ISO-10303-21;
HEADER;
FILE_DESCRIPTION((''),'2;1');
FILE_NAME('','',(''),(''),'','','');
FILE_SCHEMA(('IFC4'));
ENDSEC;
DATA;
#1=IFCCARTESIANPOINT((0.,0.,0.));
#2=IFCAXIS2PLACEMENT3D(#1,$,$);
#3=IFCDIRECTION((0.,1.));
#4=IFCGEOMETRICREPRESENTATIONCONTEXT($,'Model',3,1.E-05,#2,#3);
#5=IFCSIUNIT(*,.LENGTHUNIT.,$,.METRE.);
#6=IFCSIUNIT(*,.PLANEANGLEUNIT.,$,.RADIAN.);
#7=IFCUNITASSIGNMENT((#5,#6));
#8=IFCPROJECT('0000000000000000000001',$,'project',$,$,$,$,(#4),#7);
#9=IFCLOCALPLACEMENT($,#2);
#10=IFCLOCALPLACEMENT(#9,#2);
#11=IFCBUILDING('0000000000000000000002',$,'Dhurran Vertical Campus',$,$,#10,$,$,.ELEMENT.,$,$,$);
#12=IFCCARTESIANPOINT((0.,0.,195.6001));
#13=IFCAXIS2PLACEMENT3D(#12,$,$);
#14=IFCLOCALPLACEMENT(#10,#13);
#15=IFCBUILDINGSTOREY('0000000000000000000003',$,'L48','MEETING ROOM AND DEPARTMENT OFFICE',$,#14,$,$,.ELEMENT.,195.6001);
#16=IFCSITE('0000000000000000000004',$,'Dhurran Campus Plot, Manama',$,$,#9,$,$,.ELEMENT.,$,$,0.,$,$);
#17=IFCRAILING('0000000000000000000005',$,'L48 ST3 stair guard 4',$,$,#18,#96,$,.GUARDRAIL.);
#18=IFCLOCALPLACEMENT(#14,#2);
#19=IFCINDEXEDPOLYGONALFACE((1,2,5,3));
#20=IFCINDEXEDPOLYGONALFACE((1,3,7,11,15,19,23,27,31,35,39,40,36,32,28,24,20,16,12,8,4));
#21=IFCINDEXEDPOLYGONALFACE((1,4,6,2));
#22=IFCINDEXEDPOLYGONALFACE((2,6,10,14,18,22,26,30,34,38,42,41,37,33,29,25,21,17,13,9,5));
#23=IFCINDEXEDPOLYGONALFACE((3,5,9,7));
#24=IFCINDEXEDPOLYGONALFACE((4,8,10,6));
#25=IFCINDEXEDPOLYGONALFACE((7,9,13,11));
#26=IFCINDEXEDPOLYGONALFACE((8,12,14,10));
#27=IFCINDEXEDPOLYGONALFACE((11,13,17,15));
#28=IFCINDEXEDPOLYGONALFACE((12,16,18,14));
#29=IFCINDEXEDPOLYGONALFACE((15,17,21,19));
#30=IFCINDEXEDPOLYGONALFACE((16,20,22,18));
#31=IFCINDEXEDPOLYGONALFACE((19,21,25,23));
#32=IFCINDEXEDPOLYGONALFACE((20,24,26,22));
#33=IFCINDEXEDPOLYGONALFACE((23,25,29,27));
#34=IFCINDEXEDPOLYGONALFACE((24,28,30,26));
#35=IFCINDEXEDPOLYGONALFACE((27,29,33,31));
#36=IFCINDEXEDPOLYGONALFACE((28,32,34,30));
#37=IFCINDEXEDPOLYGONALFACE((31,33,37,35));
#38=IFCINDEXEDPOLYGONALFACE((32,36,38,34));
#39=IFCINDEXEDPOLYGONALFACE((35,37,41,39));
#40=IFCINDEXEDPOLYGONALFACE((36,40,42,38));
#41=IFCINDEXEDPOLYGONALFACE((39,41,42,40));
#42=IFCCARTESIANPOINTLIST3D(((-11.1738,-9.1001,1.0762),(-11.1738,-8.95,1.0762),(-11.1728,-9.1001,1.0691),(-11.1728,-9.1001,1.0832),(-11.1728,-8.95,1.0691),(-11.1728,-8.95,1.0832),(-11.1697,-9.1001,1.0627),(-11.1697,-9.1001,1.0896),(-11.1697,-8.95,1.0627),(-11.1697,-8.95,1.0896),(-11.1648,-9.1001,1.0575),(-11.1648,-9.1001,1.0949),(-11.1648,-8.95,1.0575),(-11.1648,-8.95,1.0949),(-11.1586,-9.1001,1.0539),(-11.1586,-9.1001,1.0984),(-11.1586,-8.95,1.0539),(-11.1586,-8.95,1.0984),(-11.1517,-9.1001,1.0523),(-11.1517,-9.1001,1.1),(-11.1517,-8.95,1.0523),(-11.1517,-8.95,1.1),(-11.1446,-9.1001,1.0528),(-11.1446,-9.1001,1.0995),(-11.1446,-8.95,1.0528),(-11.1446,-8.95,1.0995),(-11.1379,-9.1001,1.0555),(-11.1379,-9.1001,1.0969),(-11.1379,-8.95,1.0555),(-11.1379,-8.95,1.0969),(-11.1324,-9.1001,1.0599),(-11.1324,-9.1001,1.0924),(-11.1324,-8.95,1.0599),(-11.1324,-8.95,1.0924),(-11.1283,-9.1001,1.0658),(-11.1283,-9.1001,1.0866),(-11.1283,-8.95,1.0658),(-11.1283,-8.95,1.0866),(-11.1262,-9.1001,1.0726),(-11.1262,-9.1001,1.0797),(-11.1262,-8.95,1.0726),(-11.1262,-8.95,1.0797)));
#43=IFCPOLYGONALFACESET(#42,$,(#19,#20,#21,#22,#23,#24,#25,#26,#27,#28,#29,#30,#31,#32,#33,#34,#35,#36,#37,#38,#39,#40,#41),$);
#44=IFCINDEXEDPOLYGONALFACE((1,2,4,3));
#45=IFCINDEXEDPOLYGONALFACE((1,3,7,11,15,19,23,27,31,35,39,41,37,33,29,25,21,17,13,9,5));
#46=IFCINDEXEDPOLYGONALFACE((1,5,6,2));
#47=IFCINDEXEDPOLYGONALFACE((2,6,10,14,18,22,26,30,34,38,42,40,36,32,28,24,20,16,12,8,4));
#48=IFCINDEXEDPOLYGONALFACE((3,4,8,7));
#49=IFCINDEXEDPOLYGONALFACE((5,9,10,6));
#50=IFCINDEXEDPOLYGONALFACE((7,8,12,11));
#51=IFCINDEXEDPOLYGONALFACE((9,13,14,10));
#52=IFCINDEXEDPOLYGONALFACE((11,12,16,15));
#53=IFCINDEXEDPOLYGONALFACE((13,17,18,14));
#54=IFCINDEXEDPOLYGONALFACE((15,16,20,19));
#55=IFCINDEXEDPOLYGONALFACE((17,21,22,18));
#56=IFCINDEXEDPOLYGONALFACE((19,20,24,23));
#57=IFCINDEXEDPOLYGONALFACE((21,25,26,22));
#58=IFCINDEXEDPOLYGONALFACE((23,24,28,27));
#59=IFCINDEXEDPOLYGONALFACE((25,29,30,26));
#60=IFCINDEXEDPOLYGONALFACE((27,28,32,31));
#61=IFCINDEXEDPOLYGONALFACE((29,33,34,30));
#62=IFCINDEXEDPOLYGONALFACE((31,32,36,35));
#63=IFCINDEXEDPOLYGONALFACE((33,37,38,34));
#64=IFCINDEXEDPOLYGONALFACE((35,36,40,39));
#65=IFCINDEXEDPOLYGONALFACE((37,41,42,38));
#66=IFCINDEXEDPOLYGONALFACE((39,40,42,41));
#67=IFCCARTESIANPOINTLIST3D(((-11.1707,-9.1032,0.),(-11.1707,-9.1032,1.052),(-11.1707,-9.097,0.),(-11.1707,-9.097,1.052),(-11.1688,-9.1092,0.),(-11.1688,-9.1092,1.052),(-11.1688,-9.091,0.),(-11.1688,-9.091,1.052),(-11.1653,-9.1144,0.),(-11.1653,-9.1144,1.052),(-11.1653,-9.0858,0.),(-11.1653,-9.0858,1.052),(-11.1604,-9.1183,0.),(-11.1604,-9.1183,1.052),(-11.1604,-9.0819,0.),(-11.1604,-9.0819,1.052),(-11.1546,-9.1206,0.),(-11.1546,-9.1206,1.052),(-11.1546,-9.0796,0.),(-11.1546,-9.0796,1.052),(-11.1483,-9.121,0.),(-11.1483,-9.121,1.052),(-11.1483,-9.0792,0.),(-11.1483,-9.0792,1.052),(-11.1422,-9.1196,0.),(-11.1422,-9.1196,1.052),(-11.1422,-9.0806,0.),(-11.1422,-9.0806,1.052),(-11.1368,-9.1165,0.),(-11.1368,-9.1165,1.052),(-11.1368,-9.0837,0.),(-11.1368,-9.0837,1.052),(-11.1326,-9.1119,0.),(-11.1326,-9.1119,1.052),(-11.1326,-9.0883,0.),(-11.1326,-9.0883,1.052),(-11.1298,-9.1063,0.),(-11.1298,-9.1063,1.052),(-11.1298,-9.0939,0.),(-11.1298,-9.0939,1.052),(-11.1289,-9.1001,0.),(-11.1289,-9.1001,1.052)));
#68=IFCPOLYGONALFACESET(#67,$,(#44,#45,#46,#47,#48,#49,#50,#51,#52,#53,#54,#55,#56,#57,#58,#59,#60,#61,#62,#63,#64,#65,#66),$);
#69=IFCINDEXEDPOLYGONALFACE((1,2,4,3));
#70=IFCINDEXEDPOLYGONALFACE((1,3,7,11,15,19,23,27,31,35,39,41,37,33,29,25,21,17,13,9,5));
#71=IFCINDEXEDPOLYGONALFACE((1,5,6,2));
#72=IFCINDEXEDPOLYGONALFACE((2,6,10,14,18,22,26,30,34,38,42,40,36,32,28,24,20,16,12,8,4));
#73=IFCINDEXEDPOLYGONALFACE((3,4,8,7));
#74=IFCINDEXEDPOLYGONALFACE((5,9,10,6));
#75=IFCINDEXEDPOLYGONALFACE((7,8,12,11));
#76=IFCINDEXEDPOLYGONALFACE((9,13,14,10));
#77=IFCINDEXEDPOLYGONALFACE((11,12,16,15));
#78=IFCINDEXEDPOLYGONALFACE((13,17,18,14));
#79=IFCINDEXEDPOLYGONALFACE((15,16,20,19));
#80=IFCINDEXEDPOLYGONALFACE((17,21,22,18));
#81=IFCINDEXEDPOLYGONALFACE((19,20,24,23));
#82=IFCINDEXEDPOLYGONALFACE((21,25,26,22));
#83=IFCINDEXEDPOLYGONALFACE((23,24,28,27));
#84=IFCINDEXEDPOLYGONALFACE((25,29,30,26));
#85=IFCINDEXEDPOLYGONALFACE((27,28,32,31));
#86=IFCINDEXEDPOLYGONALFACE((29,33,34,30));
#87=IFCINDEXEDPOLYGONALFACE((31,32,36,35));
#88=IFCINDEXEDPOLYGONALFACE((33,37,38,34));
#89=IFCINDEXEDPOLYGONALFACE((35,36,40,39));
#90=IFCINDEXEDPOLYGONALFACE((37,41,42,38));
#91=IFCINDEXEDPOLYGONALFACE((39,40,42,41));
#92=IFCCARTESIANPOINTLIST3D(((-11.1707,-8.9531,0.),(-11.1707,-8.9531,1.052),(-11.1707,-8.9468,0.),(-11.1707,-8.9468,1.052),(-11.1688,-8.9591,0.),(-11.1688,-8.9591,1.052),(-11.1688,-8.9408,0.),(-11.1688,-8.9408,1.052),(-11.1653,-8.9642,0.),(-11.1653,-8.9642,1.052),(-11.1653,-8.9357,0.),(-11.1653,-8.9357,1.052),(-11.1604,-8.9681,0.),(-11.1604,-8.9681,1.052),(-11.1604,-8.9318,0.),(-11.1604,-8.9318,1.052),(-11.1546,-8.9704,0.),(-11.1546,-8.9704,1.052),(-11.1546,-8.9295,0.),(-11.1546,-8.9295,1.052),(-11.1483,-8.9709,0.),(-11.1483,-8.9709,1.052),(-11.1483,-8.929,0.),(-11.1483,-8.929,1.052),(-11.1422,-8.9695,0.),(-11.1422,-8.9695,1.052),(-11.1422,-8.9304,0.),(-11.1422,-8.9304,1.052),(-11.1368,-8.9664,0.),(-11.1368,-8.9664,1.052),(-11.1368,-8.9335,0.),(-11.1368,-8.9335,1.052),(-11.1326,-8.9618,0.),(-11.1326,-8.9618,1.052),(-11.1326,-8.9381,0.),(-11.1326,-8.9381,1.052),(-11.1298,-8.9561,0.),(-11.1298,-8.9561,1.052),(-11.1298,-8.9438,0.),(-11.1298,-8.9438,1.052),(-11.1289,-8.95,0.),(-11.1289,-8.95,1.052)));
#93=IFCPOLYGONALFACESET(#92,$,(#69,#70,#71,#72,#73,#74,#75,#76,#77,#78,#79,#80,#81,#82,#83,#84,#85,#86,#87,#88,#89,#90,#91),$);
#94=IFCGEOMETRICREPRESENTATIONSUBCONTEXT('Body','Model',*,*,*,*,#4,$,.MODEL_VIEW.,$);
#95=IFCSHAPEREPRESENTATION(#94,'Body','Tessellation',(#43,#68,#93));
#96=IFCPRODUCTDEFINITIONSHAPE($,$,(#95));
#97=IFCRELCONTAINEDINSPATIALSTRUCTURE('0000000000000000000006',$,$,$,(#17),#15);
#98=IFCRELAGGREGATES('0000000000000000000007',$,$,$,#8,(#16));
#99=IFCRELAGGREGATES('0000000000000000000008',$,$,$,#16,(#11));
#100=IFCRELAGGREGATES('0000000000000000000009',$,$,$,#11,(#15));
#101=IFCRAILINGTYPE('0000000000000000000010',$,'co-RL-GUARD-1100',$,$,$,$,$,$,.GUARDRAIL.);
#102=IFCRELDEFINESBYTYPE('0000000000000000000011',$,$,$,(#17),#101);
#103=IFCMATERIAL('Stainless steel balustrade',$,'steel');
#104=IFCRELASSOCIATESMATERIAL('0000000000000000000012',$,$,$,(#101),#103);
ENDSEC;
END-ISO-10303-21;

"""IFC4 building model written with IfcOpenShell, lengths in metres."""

from ifc_helpers import new_model, si_unit, direction, frame, origin, origin_2d, place, context, subcontext, project, spatial, circle, extrude, material, type_object, element, save


model = new_model("IFC4")

# Units and contexts
model_context = context("Model", 3, precision=1e-05, world=origin(), true_north=direction((0.0, 1.0)))
body_context = subcontext(model_context, "Body", "Model", "MODEL_VIEW")
ifc_project = project(units=[si_unit("LENGTHUNIT", "METRE"), si_unit("PLANEANGLEUNIT", "RADIAN")], contexts=[model_context])

# Site, building, storey
site_placement = place(None, origin())
site = spatial("IfcSite", under=ifc_project, at=site_placement, Name="Dhurran Campus Plot, Manama", CompositionType="ELEMENT", RefElevation=0.0)
building_placement = place(site_placement, origin())
building = spatial("IfcBuilding", under=site, at=building_placement, Name="Dhurran Vertical Campus", CompositionType="ELEMENT")
storey_placement = place(building_placement, frame((0.0, 0.0, 195.6001)))
storey = spatial("IfcBuildingStorey", under=building, at=storey_placement, Name="L48", Description="MEETING ROOM AND DEPARTMENT OFFICE", CompositionType="ELEMENT", Elevation=195.6001)

# Railing
ifc_material_1 = material(Name="Stainless steel balustrade", Category="steel")
railing_type_1 = type_object("IfcRailingType", Name="co-RL-GUARD-1100", PredefinedType="GUARDRAIL", material=ifc_material_1)
railing_1_placement = place(storey_placement, frame((-11.1499, -9.1001, 0.0)))
element("IfcRailing", 1, at=railing_1_placement, inside=storey, type_object=railing_type_1, Name="L48 ST3 stair guard 4", PredefinedType="GUARDRAIL", context=body_context, shape_type="SweptSolid", body=[
    extrude(circle(Radius=0.0239, at=origin_2d()), frame((0.0, 0.0, 1.0762), z_axis=(0.0, 1.0, 0.0), x_axis=(-1.0, 0.0, 0.0)), (0.0, 0.0, 1.0), 0.1501),
    extrude(circle(Radius=0.021, at=origin_2d()), origin(), (0.0, 0.0, 1.0), 1.052),
    extrude(circle(Radius=0.021, at=origin_2d()), frame((0.0, 0.1501, 0.0)), (0.0, 0.0, 1.0), 1.052),
])

save(model, "model.ifc")
